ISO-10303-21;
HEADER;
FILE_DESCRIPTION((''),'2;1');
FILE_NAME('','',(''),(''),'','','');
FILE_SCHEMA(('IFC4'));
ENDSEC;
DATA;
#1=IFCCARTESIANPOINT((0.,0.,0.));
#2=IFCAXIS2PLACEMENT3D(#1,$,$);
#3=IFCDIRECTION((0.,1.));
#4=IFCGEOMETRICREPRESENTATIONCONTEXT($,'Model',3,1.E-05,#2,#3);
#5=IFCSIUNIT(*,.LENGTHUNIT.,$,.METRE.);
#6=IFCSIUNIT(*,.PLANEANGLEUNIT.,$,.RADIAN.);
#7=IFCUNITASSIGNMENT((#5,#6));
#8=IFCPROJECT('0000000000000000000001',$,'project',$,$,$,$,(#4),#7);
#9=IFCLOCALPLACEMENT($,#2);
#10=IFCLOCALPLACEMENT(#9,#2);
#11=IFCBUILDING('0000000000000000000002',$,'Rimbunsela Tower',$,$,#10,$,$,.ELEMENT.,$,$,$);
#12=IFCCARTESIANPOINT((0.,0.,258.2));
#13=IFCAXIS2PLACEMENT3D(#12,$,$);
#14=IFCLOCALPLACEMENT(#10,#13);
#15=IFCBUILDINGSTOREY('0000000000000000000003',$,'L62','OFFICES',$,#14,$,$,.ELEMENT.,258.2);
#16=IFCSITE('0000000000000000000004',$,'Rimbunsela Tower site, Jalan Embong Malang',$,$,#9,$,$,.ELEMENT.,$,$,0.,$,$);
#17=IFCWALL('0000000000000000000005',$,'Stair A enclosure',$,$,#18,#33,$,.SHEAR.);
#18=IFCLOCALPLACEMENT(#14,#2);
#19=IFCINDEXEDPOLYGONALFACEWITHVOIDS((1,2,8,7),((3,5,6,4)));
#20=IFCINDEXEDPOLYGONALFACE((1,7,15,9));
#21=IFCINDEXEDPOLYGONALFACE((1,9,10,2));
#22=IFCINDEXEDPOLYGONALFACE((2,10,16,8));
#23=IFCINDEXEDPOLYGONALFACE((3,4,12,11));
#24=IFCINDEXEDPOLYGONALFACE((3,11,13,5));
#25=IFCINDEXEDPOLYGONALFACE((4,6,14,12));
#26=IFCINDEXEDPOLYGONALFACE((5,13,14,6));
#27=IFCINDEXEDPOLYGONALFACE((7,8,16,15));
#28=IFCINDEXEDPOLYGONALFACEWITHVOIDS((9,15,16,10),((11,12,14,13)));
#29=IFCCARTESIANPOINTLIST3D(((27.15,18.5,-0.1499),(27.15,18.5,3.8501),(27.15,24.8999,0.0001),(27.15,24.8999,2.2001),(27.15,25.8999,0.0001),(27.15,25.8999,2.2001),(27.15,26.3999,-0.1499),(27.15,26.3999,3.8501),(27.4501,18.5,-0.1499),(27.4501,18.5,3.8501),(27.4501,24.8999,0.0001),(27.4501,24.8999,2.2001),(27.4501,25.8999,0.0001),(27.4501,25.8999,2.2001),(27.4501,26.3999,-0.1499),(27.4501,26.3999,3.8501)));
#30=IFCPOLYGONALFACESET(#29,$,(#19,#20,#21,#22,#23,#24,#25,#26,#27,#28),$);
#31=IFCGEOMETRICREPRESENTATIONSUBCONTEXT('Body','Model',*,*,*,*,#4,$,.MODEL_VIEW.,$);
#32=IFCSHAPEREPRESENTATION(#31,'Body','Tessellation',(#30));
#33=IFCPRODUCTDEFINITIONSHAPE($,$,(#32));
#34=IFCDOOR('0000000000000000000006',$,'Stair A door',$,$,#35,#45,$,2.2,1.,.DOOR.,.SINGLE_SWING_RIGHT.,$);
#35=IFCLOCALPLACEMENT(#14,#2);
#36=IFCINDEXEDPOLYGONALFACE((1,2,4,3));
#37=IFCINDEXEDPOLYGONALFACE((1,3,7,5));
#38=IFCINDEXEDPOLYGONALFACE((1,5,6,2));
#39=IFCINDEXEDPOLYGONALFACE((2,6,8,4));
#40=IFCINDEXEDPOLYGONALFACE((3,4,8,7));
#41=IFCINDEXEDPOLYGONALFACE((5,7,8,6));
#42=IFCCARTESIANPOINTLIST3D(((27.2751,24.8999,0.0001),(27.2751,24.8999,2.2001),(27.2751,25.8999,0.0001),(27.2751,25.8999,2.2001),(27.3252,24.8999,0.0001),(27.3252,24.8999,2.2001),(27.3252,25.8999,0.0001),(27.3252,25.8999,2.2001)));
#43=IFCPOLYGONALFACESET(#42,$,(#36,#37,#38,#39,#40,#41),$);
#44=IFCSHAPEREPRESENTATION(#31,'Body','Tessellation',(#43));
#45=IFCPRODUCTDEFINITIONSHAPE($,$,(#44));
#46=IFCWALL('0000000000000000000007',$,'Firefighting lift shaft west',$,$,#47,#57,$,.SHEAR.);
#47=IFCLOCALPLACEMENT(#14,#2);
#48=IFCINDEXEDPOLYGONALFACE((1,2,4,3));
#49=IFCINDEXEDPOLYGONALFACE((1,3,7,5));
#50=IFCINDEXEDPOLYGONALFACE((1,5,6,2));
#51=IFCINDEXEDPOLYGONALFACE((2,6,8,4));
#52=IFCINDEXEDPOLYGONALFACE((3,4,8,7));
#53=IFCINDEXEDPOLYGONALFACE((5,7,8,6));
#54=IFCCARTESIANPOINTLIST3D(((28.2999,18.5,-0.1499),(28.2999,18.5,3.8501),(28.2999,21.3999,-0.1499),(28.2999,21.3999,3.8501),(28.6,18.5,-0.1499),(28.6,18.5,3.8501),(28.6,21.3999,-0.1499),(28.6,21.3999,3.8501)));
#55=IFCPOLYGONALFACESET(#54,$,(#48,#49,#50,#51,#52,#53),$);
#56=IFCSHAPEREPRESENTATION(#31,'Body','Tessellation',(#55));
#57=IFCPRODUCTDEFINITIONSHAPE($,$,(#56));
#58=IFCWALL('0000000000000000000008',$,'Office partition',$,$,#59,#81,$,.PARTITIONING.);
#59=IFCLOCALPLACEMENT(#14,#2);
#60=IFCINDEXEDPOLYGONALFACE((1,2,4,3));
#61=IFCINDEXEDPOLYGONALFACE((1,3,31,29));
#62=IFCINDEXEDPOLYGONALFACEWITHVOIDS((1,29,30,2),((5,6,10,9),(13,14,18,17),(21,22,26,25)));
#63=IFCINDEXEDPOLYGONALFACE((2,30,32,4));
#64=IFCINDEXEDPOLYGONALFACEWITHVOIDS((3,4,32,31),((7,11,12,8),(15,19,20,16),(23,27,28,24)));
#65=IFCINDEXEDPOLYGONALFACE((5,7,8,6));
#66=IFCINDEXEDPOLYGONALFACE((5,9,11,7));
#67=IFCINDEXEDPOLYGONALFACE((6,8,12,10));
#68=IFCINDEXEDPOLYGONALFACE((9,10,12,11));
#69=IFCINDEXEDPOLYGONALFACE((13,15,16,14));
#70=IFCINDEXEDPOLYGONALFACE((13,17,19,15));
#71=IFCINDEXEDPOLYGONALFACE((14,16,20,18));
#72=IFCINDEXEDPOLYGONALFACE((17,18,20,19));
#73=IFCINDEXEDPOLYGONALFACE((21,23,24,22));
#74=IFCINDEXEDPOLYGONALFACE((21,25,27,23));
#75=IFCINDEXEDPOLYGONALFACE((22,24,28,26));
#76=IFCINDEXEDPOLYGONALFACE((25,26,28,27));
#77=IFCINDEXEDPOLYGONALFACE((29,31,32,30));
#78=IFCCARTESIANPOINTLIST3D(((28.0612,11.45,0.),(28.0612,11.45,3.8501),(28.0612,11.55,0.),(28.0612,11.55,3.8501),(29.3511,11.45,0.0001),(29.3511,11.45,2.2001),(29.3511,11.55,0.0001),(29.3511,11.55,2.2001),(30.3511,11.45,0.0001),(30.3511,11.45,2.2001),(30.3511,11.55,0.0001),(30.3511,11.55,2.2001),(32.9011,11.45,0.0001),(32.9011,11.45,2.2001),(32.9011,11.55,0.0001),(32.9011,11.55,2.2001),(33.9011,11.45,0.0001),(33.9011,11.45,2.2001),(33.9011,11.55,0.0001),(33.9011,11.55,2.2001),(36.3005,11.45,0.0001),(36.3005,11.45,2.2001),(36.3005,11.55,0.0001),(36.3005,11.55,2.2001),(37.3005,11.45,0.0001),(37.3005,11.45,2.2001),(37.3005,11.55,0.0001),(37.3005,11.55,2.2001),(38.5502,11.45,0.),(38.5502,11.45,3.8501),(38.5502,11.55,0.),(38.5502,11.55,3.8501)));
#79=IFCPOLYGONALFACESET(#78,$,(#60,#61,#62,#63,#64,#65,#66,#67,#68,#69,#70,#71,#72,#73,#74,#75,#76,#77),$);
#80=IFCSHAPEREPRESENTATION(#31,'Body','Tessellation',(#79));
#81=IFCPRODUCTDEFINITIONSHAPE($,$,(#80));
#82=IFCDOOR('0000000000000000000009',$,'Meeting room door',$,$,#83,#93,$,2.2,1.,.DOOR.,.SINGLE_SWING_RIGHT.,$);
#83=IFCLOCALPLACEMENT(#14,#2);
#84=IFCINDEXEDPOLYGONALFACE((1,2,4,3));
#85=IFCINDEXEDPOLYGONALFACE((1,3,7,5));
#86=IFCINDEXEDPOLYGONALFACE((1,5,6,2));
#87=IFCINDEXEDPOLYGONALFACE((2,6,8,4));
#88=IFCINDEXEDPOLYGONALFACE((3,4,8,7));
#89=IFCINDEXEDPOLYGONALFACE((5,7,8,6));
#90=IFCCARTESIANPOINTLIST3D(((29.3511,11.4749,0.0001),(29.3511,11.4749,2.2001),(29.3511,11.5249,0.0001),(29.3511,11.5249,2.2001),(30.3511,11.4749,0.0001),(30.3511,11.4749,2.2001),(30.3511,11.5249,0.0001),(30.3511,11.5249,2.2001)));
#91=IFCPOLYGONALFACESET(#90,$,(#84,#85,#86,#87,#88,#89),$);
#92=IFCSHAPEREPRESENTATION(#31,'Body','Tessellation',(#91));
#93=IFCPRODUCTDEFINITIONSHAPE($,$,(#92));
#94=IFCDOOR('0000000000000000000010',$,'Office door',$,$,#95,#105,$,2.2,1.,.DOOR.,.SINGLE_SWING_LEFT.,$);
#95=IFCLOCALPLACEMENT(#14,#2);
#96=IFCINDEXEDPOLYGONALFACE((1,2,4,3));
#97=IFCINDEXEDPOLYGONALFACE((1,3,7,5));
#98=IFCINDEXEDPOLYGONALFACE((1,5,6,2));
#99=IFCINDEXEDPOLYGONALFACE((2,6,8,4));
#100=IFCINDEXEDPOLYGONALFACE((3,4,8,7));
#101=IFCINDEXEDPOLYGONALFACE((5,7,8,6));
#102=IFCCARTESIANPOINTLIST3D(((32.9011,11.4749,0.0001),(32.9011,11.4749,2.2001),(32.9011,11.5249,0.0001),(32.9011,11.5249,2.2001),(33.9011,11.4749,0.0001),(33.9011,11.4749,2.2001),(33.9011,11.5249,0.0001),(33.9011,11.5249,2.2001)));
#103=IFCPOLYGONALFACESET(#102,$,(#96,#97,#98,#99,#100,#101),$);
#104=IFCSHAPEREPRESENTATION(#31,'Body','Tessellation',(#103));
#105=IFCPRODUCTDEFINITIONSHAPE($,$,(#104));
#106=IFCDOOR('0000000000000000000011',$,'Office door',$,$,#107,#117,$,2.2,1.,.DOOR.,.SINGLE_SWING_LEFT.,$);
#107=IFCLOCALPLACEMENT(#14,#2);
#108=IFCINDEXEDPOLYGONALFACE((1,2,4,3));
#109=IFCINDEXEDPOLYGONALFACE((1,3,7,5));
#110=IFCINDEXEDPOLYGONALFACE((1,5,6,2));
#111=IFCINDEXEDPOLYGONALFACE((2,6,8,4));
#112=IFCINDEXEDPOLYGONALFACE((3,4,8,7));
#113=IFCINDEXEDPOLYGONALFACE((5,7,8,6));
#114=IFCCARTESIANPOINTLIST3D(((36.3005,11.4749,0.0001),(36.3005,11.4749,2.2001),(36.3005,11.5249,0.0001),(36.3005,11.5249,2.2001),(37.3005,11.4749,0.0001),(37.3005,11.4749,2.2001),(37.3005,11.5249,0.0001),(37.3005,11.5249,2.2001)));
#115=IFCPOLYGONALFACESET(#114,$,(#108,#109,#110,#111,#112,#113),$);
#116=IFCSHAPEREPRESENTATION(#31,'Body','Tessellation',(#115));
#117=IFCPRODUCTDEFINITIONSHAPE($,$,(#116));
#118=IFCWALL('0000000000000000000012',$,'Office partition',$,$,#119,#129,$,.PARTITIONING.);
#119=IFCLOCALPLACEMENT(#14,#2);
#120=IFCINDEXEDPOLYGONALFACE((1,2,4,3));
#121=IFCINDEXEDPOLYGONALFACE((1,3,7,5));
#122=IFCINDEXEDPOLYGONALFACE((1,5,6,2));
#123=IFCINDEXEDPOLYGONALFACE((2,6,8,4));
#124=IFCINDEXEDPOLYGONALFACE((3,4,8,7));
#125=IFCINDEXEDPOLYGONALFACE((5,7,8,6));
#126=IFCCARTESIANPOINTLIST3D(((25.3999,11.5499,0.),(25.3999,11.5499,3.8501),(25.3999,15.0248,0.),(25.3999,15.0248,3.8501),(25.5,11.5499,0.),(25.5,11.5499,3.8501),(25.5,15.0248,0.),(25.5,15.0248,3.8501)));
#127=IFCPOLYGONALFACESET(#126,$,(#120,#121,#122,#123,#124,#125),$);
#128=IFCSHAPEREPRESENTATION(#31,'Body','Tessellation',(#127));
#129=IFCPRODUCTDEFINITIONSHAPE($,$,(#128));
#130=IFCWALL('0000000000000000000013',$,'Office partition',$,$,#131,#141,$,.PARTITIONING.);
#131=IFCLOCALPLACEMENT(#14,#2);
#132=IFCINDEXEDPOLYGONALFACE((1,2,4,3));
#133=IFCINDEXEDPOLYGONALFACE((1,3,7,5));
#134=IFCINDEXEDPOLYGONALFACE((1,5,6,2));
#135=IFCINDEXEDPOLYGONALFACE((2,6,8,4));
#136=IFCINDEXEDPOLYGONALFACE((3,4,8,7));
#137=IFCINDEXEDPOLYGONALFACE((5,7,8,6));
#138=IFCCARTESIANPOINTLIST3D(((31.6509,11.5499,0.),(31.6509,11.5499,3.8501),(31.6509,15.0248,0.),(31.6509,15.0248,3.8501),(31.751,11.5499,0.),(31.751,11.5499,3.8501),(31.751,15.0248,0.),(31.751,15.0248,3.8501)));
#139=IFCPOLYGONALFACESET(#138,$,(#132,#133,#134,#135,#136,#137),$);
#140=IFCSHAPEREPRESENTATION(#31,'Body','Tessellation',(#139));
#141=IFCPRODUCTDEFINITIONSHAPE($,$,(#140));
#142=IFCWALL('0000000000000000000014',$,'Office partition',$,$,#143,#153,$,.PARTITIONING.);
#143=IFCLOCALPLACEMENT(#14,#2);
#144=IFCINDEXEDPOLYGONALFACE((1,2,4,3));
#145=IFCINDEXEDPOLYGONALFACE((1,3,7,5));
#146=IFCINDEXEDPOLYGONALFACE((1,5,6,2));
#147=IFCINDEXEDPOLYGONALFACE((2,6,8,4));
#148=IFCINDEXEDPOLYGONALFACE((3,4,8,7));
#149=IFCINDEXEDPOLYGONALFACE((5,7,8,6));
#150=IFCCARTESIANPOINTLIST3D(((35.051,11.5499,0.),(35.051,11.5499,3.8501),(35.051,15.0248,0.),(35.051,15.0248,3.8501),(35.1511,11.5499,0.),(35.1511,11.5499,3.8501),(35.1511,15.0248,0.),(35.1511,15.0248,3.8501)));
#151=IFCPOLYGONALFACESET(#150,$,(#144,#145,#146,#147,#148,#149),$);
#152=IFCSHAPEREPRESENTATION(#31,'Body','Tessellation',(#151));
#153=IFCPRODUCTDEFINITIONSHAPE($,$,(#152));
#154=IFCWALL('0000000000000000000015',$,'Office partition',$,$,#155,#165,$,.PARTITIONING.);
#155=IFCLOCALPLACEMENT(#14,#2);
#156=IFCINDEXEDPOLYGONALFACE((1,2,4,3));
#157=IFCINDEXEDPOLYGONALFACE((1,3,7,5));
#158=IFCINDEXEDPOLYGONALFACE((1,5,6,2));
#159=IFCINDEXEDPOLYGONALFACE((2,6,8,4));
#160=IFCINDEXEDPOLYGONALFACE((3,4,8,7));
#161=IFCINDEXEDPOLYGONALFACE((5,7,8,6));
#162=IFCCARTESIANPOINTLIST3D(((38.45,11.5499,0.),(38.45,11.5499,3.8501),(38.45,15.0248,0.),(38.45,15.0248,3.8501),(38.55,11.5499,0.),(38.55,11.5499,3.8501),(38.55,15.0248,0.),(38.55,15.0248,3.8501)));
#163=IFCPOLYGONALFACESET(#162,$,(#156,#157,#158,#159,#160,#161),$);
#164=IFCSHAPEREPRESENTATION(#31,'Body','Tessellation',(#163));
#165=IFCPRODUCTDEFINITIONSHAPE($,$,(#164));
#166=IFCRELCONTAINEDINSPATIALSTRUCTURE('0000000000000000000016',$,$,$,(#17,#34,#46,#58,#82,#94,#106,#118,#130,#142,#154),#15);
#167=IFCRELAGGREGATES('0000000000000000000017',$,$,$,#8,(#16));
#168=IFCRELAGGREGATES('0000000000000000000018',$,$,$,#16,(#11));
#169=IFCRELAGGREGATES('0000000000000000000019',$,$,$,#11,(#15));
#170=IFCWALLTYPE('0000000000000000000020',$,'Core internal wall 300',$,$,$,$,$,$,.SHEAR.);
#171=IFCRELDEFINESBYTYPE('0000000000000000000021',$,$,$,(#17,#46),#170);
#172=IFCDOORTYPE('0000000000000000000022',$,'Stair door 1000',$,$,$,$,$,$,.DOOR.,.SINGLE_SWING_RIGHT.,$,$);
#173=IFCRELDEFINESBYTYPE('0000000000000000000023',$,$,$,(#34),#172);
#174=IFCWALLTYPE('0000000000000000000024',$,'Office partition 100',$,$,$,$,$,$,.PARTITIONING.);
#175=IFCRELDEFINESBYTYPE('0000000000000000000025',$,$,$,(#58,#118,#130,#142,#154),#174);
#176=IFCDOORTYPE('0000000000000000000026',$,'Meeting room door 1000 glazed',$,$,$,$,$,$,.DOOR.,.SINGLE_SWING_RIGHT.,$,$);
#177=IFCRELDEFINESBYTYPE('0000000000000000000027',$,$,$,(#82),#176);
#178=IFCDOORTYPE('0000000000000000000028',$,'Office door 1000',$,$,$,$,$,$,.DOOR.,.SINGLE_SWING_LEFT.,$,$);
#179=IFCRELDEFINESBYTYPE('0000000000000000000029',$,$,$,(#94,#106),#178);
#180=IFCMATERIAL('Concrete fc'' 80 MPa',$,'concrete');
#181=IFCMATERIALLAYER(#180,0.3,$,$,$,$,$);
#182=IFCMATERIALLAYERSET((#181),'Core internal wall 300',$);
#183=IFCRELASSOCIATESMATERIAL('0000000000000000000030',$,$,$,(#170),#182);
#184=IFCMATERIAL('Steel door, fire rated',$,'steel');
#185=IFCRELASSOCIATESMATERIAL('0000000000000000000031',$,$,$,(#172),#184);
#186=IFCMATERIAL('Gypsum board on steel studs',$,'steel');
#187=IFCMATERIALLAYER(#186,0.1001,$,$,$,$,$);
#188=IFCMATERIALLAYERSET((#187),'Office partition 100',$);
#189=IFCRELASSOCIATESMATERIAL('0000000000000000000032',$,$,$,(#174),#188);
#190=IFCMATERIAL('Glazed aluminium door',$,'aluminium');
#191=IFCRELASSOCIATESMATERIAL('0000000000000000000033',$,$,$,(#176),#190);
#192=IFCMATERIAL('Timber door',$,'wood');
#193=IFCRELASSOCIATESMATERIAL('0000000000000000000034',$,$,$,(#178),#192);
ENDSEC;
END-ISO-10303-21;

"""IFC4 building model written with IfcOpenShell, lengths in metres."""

from ifc_helpers import new_model, si_unit, direction, frame, frame_2d, origin, place, context, subcontext, project, spatial, rectangle, extrude, material, layer, layer_set, type_object, element, fill, save


model = new_model("IFC4")

# Units and contexts
model_context = context("Model", 3, precision=1e-05, world=origin(), true_north=direction((0.0, 1.0)))
body_context = subcontext(model_context, "Body", "Model", "MODEL_VIEW")
ifc_project = project(units=[si_unit("LENGTHUNIT", "METRE"), si_unit("PLANEANGLEUNIT", "RADIAN")], contexts=[model_context])

# Site, building, storey
site_placement = place(None, origin())
site = spatial("IfcSite", under=ifc_project, at=site_placement, Name="Rimbunsela Tower site, Jalan Embong Malang", CompositionType="ELEMENT", RefElevation=0.0)
building_placement = place(site_placement, origin())
building = spatial("IfcBuilding", under=site, at=building_placement, Name="Rimbunsela Tower", CompositionType="ELEMENT")
storey_placement = place(building_placement, frame((0.0, 0.0, 258.2)))
storey = spatial("IfcBuildingStorey", under=building, at=storey_placement, Name="L62", Description="OFFICES", CompositionType="ELEMENT", Elevation=258.2)

# Wall, opening, door
ifc_material_1 = material(Name="Concrete fc' 80 MPa", Category="concrete")
ifc_layer_1 = layer(ifc_material_1, 0.3)
ifc_layer_set_1 = layer_set([ifc_layer_1], Name="Core internal wall 300")
wall_type_1 = type_object("IfcWallType", Name="Core internal wall 300", PredefinedType="SHEAR", material=ifc_layer_set_1)
wall_1_placement = place(storey_placement, frame((27.3, 18.5, -0.1499), z_axis=(0.0, 0.0, 1.0), x_axis=(0.0, 1.0, 0.0)))
wall_1 = element("IfcWall", 1, at=wall_1_placement, inside=storey, type_object=wall_type_1, Name="Stair A enclosure", PredefinedType="SHEAR", context=body_context, shape_type="SweptSolid", body=[
    extrude(rectangle(XDim=7.8999, YDim=0.3, at=frame_2d((3.95, 0.0))), origin(), (0.0, 0.0, 1.0), 4.0),
])
opening_1_placement = place(wall_1_placement, frame((6.3999, 0.0, 0.1499)))
opening_1 = element("IfcOpeningElement", 2, at=opening_1_placement, cuts=wall_1, PredefinedType="OPENING", context=body_context, shape_type="SweptSolid", body=[
    extrude(rectangle(XDim=1.0, YDim=2.2, at=frame_2d((0.5, 1.1001))), frame((0.0, 0.1599, 0.0), z_axis=(0.0, -1.0, 0.0), x_axis=(1.0, 0.0, 0.0)), (0.0, 0.0, 1.0), 0.3201),
])
ifc_material_2 = material(Name="Steel door, fire rated", Category="steel")
door_type_1 = type_object("IfcDoorType", Name="Stair door 1000", OperationType="SINGLE_SWING_RIGHT", PredefinedType="DOOR", material=ifc_material_2)
door_1_placement = place(opening_1_placement, origin())
door_1 = element("IfcDoor", 3, at=door_1_placement, inside=storey, type_object=door_type_1, Name="Stair A door", OperationType="SINGLE_SWING_RIGHT", OverallHeight=2.2, OverallWidth=1.0, PredefinedType="DOOR", context=body_context, shape_type="SweptSolid", body=[
    extrude(rectangle(XDim=1.0, YDim=2.2, at=frame_2d((0.5, 1.1001))), frame((0.0, 0.0249, 0.0), z_axis=(0.0, -1.0, 0.0), x_axis=(1.0, 0.0, 0.0)), (0.0, 0.0, 1.0), 0.05),
])
fill(opening_1, door_1)

# Wall
wall_2_placement = place(storey_placement, frame((28.45, 18.5, -0.1499), z_axis=(0.0, 0.0, 1.0), x_axis=(0.0, 1.0, 0.0)))
element("IfcWall", 4, at=wall_2_placement, inside=storey, type_object=wall_type_1, Name="Firefighting lift shaft west", PredefinedType="SHEAR", context=body_context, shape_type="SweptSolid", body=[
    extrude(rectangle(XDim=2.8999, YDim=0.3, at=frame_2d((1.45, 0.0))), origin(), (0.0, 0.0, 1.0), 4.0),
])

# Wall, openings, doors
ifc_material_3 = material(Name="Gypsum board on steel studs", Category="steel")
ifc_layer_2 = layer(ifc_material_3, 0.1001)
ifc_layer_set_2 = layer_set([ifc_layer_2], Name="Office partition 100")
wall_type_2 = type_object("IfcWallType", Name="Office partition 100", PredefinedType="PARTITIONING", material=ifc_layer_set_2)
wall_3_placement = place(storey_placement, frame((28.061, 11.5, 0.0), z_axis=(0.0, 0.0, 1.0), x_axis=(1.0, 0.0, 0.0)))
wall_3 = element("IfcWall", 5, at=wall_3_placement, inside=storey, type_object=wall_type_2, Name="Office partition", PredefinedType="PARTITIONING", context=body_context, shape_type="SweptSolid", body=[
    extrude(rectangle(XDim=10.489, YDim=0.1001, at=frame_2d((5.2446, 0.0))), origin(), (0.0, 0.0, 1.0), 3.8501),
])
opening_2_placement = place(wall_3_placement, frame((1.29, 0.0, 0.0)))
opening_2 = element("IfcOpeningElement", 6, at=opening_2_placement, cuts=wall_3, PredefinedType="OPENING", context=body_context, shape_type="SweptSolid", body=[
    extrude(rectangle(XDim=1.0, YDim=2.2, at=frame_2d((0.5, 1.1001))), frame((0.0, 0.0601, 0.0), z_axis=(0.0, -1.0, 0.0), x_axis=(1.0, 0.0, 0.0)), (0.0, 0.0, 1.0), 0.1201),
])
opening_3_placement = place(wall_3_placement, frame((4.8401, 0.0, 0.0)))
opening_3 = element("IfcOpeningElement", 7, at=opening_3_placement, cuts=wall_3, PredefinedType="OPENING", context=body_context, shape_type="SweptSolid", body=[
    extrude(rectangle(XDim=1.0, YDim=2.2, at=frame_2d((0.5, 1.1001))), frame((0.0, 0.0601, 0.0), z_axis=(0.0, -1.0, 0.0), x_axis=(1.0, 0.0, 0.0)), (0.0, 0.0, 1.0), 0.1201),
])
opening_4_placement = place(wall_3_placement, frame((8.2395, 0.0, 0.0)))
opening_4 = element("IfcOpeningElement", 8, at=opening_4_placement, cuts=wall_3, PredefinedType="OPENING", context=body_context, shape_type="SweptSolid", body=[
    extrude(rectangle(XDim=1.0, YDim=2.2, at=frame_2d((0.5, 1.1001))), frame((0.0, 0.0601, 0.0), z_axis=(0.0, -1.0, 0.0), x_axis=(1.0, 0.0, 0.0)), (0.0, 0.0, 1.0), 0.1201),
])
ifc_material_4 = material(Name="Glazed aluminium door", Category="aluminium")
door_type_2 = type_object("IfcDoorType", Name="Meeting room door 1000 glazed", OperationType="SINGLE_SWING_RIGHT", PredefinedType="DOOR", material=ifc_material_4)
door_2_placement = place(opening_2_placement, origin())
door_2 = element("IfcDoor", 9, at=door_2_placement, inside=storey, type_object=door_type_2, Name="Meeting room door", OperationType="SINGLE_SWING_RIGHT", OverallHeight=2.2, OverallWidth=1.0, PredefinedType="DOOR", context=body_context, shape_type="SweptSolid", body=[
    extrude(rectangle(XDim=1.0, YDim=2.2, at=frame_2d((0.5, 1.1001))), frame((0.0, 0.0249, 0.0), z_axis=(0.0, -1.0, 0.0), x_axis=(1.0, 0.0, 0.0)), (0.0, 0.0, 1.0), 0.05),
])
fill(opening_2, door_2)
ifc_material_5 = material(Name="Timber door", Category="wood")
door_type_3 = type_object("IfcDoorType", Name="Office door 1000", OperationType="SINGLE_SWING_LEFT", PredefinedType="DOOR", material=ifc_material_5)
door_3_placement = place(opening_3_placement, origin())
door_3 = element("IfcDoor", 10, at=door_3_placement, inside=storey, type_object=door_type_3, Name="Office door", OperationType="SINGLE_SWING_LEFT", OverallHeight=2.2, OverallWidth=1.0, PredefinedType="DOOR", context=body_context, shape_type="SweptSolid", body=[
    extrude(rectangle(XDim=1.0, YDim=2.2, at=frame_2d((0.5, 1.1001))), frame((0.0, 0.0249, 0.0), z_axis=(0.0, -1.0, 0.0), x_axis=(1.0, 0.0, 0.0)), (0.0, 0.0, 1.0), 0.05),
])
fill(opening_3, door_3)
door_4_placement = place(opening_4_placement, origin())
door_4 = element("IfcDoor", 11, at=door_4_placement, inside=storey, type_object=door_type_3, Name="Office door", OperationType="SINGLE_SWING_LEFT", OverallHeight=2.2, OverallWidth=1.0, PredefinedType="DOOR", context=body_context, shape_type="SweptSolid", body=[
    extrude(rectangle(XDim=1.0, YDim=2.2, at=frame_2d((0.5, 1.1001))), frame((0.0, 0.0249, 0.0), z_axis=(0.0, -1.0, 0.0), x_axis=(1.0, 0.0, 0.0)), (0.0, 0.0, 1.0), 0.05),
])
fill(opening_4, door_4)

# Walls
for number, where, z_axis, x_axis, name in (
    (12, (25.45, 11.55, 0.0), (0.0, 0.0, 1.0), (0.0, 1.0, 0.0), "Office partition"),
    (13, (31.7009, 11.55, 0.0), (0.0, 0.0, 1.0), (0.0, 1.0, 0.0), "Office partition"),
    (14, (35.1011, 11.55, 0.0), (0.0, 0.0, 1.0), (0.0, 1.0, 0.0), "Office partition"),
    (15, (38.5, 11.55, 0.0), (0.0, 0.0, 1.0), (0.0, 1.0, 0.0), "Office partition"),
):
    element("IfcWall", number, at=place(storey_placement, frame(where, z_axis=z_axis, x_axis=x_axis)), inside=storey, type_object=wall_type_2, Name=name, PredefinedType="PARTITIONING", context=body_context, shape_type="SweptSolid", body=[
        extrude(rectangle(XDim=3.4749, YDim=0.1001, at=frame_2d((1.7373, 0.0))), origin(), (0.0, 0.0, 1.0), 3.8501),
    ])

save(model, "model.ifc")
